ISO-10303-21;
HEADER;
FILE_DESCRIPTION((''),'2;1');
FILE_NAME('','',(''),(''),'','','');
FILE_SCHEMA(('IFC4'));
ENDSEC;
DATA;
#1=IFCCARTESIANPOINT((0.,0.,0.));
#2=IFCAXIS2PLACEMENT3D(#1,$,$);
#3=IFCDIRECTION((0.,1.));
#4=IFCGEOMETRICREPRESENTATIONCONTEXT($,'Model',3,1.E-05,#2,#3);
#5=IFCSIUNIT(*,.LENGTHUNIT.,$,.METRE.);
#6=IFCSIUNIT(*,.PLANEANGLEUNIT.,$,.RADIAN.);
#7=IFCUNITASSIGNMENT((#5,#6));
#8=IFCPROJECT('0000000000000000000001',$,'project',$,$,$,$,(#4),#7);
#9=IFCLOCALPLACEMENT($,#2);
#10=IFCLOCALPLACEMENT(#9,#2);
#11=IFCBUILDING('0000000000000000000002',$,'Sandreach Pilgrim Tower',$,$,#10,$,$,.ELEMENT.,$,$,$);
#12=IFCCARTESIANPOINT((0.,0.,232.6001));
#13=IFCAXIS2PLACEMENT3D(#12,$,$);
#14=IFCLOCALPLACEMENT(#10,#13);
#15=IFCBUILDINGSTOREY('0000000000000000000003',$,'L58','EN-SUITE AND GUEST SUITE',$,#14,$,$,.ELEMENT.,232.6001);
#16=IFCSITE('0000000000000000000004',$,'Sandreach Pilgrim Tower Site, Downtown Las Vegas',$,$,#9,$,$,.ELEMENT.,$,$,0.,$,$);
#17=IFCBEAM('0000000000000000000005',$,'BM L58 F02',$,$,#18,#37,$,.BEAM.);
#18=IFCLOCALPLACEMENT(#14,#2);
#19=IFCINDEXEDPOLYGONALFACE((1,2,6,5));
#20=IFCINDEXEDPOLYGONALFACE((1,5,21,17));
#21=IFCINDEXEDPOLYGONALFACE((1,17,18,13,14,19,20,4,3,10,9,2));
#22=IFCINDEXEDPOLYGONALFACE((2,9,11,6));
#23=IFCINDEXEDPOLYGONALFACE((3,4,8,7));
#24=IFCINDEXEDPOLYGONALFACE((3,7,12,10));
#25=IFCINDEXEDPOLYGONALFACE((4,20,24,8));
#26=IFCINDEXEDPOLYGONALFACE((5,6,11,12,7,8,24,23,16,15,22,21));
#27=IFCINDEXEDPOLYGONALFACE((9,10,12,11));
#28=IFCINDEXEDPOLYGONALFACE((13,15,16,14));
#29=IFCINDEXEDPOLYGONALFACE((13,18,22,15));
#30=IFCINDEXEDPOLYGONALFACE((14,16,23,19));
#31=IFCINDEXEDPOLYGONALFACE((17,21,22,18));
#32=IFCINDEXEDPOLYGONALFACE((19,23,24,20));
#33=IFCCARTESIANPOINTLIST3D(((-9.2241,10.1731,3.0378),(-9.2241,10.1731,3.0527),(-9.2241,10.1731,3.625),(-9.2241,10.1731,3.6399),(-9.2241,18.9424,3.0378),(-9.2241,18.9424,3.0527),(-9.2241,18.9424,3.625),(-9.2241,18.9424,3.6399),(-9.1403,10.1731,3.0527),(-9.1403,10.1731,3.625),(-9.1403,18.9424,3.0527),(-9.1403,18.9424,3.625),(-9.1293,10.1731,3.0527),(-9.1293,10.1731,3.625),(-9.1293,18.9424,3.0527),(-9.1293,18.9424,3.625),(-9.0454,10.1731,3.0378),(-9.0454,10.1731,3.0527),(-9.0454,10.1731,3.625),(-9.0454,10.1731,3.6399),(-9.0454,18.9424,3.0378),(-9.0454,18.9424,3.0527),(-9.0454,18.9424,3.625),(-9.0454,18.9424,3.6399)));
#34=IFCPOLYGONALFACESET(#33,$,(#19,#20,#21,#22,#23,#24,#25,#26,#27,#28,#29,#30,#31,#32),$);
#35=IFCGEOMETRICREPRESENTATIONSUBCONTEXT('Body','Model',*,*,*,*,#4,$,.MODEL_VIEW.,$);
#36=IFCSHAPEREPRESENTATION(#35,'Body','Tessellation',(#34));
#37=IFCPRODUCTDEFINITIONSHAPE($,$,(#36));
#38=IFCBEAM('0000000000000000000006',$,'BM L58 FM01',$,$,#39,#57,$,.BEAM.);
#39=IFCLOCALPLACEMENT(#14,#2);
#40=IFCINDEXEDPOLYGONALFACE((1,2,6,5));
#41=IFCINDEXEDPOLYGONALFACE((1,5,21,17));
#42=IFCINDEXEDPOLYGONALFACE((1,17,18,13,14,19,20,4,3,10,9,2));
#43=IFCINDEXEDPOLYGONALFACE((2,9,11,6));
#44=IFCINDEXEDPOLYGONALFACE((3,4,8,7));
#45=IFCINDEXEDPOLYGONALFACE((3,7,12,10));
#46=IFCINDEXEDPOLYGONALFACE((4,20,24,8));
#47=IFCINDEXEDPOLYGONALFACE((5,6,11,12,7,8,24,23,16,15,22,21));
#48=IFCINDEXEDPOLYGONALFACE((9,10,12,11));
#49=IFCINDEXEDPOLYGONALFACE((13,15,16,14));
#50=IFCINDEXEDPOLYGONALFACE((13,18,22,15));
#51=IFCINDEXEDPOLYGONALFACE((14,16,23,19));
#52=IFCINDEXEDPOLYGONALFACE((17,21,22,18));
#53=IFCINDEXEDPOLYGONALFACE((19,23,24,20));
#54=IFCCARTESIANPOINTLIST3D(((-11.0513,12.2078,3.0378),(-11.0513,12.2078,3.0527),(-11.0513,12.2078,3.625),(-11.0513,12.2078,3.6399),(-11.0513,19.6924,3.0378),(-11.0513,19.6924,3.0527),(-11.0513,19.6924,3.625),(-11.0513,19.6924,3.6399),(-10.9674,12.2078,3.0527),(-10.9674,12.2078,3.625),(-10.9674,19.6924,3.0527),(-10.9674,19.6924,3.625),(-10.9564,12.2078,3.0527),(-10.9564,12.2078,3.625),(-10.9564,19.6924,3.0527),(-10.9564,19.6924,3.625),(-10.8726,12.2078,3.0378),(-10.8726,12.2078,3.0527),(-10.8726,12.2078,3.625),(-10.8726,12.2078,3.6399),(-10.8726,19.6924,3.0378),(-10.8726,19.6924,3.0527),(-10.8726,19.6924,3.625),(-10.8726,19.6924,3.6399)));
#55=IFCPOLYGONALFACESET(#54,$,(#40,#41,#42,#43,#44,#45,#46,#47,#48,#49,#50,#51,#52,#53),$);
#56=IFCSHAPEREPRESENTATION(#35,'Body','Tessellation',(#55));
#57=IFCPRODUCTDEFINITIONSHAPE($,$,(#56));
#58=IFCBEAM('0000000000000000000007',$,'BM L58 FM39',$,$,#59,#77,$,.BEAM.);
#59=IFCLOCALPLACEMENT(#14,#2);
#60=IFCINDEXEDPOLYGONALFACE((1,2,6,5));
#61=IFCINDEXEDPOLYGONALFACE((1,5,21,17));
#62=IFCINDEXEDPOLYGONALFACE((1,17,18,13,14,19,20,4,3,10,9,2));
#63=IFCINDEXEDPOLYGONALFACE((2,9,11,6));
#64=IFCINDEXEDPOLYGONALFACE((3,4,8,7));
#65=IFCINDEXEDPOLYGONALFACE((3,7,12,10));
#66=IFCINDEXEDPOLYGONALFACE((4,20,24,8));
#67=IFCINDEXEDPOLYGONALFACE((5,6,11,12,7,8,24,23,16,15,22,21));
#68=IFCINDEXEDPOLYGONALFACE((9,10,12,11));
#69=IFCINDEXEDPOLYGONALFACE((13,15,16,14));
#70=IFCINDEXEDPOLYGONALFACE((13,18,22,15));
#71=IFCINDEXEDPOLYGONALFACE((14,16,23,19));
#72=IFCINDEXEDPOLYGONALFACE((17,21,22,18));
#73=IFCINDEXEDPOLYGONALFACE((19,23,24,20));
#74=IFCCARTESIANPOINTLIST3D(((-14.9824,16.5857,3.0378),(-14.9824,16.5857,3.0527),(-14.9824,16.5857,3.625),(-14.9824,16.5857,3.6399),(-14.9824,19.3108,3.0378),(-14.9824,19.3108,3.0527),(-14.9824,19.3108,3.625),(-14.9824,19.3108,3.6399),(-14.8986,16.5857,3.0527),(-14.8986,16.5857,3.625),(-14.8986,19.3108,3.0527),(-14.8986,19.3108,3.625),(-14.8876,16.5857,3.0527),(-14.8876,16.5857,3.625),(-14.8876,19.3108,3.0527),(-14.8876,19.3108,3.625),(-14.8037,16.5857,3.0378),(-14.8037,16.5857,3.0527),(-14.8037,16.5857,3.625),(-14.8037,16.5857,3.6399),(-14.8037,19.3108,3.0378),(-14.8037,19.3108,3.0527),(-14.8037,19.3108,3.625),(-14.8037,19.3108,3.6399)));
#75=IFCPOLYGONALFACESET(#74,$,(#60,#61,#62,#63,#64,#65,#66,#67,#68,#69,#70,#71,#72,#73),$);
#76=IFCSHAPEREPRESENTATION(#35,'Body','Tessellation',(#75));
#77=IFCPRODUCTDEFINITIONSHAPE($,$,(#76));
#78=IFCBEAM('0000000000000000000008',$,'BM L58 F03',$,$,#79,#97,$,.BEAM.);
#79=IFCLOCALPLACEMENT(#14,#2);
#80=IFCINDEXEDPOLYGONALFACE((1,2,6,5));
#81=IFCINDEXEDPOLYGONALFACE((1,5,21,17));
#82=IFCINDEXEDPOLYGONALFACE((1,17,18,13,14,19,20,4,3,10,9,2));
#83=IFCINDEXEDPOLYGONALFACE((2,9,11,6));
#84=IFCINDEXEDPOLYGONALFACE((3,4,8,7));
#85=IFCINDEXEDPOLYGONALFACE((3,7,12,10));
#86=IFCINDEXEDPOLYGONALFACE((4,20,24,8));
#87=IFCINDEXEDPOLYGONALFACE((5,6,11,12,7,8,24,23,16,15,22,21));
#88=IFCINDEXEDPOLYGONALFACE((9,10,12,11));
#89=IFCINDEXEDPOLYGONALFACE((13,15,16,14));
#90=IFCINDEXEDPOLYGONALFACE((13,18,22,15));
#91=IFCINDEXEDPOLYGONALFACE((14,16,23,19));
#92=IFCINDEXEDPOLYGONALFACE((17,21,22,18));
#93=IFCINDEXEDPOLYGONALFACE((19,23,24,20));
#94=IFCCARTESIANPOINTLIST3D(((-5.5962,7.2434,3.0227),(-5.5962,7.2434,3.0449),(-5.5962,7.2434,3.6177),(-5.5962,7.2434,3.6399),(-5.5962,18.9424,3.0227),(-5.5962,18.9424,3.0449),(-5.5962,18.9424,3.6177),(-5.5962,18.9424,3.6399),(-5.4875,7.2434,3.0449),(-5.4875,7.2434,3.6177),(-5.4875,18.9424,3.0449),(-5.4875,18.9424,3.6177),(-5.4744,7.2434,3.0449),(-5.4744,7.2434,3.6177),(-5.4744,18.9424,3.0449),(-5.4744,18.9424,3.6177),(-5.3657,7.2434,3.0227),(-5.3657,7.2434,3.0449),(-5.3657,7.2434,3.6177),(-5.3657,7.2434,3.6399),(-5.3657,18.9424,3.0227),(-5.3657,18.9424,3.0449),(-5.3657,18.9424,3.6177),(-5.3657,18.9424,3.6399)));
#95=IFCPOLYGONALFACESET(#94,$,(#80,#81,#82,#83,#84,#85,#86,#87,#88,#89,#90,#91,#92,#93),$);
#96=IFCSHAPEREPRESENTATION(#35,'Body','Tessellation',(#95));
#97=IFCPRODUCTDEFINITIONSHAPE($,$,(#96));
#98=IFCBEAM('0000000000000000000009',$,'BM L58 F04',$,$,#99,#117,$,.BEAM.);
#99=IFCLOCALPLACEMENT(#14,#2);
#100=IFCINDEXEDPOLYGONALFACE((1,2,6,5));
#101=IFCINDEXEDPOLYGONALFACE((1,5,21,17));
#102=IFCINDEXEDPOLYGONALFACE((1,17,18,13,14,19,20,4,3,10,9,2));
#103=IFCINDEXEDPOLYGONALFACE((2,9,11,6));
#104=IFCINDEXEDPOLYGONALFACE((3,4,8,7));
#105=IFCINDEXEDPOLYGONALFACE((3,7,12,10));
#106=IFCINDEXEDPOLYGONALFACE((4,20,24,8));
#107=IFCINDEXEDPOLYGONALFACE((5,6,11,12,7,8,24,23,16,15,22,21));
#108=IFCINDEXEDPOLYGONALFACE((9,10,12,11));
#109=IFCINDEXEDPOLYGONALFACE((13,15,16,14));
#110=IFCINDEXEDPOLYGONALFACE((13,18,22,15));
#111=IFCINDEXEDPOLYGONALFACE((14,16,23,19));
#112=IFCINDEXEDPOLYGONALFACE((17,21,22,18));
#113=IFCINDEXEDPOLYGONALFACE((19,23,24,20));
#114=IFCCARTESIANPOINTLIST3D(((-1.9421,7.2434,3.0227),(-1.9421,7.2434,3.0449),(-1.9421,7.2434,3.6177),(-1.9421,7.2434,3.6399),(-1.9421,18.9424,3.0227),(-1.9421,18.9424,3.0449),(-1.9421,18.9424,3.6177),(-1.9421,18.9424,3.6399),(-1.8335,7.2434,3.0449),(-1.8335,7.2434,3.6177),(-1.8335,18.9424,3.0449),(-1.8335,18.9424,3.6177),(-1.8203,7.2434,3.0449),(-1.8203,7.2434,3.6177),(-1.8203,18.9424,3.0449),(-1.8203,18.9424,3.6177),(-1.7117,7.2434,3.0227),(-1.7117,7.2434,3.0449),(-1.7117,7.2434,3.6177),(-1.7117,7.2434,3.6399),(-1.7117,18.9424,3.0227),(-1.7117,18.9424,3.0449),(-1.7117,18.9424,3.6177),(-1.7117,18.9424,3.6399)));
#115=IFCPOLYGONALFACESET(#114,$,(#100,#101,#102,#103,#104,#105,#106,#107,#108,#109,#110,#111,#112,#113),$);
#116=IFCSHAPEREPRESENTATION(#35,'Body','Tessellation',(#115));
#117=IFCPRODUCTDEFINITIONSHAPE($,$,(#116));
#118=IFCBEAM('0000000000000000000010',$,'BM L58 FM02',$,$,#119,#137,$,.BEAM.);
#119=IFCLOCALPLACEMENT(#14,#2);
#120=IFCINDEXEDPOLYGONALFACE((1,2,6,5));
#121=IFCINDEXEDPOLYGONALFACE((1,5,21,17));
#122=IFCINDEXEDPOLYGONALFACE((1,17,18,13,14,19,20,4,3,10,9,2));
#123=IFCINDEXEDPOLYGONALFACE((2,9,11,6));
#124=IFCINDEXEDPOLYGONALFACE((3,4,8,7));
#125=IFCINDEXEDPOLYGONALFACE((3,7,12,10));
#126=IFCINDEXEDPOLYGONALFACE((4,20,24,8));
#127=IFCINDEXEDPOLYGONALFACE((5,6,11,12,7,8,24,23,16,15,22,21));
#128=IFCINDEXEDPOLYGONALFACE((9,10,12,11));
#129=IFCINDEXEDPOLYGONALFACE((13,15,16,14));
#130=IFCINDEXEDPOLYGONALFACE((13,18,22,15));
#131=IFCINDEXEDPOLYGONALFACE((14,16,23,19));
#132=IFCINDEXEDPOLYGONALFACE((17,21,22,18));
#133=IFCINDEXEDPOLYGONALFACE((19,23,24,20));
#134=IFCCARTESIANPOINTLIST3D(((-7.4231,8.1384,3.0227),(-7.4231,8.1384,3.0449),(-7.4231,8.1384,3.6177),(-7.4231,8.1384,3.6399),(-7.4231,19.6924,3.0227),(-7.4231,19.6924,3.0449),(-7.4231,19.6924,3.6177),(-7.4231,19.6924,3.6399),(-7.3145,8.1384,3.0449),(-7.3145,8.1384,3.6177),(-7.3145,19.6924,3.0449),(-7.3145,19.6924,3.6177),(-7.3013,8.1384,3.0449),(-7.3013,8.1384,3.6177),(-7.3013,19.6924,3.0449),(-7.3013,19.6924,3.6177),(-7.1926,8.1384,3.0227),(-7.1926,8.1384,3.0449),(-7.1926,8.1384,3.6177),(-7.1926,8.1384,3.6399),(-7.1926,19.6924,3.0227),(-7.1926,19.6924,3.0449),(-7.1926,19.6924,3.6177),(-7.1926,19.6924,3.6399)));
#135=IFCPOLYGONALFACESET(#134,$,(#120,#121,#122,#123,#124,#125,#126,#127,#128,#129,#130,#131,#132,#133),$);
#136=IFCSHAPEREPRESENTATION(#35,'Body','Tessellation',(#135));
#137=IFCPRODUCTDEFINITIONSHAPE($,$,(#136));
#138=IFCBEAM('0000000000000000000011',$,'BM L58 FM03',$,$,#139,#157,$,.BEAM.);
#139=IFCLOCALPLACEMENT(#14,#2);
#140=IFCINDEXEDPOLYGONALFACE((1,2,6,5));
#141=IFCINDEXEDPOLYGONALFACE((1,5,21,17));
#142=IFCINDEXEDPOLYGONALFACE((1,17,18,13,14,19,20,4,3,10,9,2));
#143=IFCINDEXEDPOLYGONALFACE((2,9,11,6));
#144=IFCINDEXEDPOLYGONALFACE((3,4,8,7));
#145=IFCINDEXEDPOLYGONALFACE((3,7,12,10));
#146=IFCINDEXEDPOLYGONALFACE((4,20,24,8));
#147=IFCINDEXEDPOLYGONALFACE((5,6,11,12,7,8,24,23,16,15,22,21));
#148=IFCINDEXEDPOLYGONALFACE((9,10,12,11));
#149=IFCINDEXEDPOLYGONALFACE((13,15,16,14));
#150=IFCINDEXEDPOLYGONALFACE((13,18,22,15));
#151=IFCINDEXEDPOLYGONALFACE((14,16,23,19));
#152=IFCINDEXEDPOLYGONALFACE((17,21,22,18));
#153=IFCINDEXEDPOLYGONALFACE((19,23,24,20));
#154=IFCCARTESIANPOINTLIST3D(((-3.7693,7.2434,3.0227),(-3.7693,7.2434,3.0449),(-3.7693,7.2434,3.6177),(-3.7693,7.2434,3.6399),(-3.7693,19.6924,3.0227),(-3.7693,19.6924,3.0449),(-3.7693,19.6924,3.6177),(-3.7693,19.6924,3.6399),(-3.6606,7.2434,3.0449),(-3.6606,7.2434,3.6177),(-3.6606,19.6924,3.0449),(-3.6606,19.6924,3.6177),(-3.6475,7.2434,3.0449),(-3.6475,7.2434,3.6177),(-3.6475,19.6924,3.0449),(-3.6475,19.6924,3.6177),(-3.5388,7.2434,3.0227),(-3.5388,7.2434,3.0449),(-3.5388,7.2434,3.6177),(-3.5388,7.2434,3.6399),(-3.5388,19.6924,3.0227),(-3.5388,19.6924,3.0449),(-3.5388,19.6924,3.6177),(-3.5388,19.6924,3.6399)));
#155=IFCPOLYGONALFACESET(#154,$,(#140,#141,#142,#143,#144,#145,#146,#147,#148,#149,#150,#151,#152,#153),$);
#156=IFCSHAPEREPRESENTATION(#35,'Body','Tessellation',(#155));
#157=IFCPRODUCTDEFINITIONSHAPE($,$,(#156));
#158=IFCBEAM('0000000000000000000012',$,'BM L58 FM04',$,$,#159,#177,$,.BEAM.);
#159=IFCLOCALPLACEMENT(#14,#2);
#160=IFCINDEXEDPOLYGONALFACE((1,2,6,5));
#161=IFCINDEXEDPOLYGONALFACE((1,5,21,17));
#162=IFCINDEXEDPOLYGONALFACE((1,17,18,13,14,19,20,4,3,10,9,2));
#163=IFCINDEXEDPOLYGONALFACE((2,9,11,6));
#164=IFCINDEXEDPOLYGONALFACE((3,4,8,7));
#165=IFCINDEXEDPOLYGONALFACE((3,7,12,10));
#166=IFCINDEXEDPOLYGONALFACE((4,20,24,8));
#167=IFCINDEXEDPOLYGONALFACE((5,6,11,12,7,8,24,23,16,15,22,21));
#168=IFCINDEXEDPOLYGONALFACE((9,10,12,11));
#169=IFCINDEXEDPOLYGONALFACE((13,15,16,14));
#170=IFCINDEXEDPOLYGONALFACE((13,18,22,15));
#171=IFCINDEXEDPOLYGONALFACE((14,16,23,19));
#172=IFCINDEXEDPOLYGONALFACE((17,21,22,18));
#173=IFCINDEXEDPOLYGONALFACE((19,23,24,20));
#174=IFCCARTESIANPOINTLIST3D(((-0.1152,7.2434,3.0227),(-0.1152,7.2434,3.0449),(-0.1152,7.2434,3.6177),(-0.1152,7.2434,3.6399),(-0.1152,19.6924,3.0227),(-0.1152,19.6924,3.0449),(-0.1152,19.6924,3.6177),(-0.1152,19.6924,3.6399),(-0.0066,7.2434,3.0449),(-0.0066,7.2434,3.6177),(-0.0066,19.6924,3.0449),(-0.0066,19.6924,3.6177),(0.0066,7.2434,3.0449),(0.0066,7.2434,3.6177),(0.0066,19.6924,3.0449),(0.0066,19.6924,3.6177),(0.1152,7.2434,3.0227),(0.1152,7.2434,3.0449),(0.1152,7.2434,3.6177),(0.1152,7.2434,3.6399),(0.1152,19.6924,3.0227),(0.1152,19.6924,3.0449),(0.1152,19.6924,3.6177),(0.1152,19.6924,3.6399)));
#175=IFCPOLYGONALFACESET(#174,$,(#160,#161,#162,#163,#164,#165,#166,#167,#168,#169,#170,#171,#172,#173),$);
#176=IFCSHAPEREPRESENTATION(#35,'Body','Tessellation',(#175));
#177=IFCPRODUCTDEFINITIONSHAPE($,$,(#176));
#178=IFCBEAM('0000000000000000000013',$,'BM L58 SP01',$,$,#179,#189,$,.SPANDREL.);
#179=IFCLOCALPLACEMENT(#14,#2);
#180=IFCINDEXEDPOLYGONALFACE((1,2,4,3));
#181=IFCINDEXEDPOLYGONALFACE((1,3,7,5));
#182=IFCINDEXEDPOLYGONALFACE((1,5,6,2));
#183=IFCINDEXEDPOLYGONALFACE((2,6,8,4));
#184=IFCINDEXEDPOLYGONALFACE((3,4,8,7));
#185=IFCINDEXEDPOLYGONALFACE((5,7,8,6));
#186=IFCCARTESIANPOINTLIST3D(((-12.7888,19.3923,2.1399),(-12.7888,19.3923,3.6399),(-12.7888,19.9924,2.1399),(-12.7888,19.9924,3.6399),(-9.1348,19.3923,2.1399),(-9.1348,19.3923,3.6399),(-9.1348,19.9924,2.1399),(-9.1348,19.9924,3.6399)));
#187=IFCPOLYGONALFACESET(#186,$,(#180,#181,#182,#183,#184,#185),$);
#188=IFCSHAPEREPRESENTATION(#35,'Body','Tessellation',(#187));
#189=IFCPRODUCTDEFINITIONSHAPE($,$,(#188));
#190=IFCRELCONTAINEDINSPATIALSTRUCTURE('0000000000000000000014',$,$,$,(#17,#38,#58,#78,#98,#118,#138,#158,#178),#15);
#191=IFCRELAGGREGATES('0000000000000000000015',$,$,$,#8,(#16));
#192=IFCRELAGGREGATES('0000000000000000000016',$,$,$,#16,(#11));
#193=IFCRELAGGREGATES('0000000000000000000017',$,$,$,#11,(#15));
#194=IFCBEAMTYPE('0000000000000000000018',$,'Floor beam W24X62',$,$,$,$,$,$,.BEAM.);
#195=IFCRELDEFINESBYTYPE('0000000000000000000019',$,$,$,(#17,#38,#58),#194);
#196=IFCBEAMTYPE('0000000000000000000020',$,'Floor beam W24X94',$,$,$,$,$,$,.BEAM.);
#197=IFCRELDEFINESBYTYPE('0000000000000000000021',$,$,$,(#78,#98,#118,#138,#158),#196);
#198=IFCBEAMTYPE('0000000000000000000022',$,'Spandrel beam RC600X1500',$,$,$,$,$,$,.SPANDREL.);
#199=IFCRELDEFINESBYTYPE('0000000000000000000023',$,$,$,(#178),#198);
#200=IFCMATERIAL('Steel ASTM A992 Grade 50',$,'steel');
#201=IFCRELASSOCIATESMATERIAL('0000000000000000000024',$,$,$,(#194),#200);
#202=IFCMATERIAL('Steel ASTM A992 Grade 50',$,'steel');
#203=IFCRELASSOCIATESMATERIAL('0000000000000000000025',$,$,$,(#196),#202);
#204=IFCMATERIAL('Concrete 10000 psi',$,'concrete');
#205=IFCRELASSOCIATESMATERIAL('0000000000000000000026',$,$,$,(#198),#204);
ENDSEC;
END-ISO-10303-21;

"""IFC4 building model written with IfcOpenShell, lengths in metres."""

from ifc_helpers import new_model, si_unit, direction, frame, origin, origin_2d, place, context, subcontext, project, spatial, rectangle, i_section, extrude, material, material_profile, profile_set, type_object, element, save


model = new_model("IFC4")

# Units and contexts
model_context = context("Model", 3, precision=1e-05, world=origin(), true_north=direction((0.0, 1.0)))
body_context = subcontext(model_context, "Body", "Model", "MODEL_VIEW")
ifc_project = project(units=[si_unit("LENGTHUNIT", "METRE"), si_unit("PLANEANGLEUNIT", "RADIAN")], contexts=[model_context])

# Site, building, storey
site_placement = place(None, origin())
site = spatial("IfcSite", under=ifc_project, at=site_placement, Name="Sandreach Pilgrim Tower Site, Downtown Las Vegas", CompositionType="ELEMENT", RefElevation=0.0)
building_placement = place(site_placement, origin())
building = spatial("IfcBuilding", under=site, at=building_placement, Name="Sandreach Pilgrim Tower", CompositionType="ELEMENT")
storey_placement = place(building_placement, frame((0.0, 0.0, 232.6001)))
storey = spatial("IfcBuildingStorey", under=building, at=storey_placement, Name="L58", Description="EN-SUITE AND GUEST SUITE", CompositionType="ELEMENT", Elevation=232.6001)

# Beams
ifc_material_1 = material(Name="Steel ASTM A992 Grade 50", Category="steel")
ifc_material_profile_1 = material_profile(ifc_material_1, i_section(OverallWidth=0.1787, OverallDepth=0.6021, WebThickness=0.011, FlangeThickness=0.0149, at=origin_2d()), Name="W24X62")
ifc_profile_set_1 = profile_set([ifc_material_profile_1], Name="Steel ASTM A992 Grade 50")
beam_type_1 = type_object("IfcBeamType", Name="Floor beam W24X62", PredefinedType="BEAM", material=ifc_profile_set_1)
beam_1_placement = place(storey_placement, frame((-9.1348, 18.9424, 3.3389), z_axis=(0.0, -1.0, 0.0), x_axis=(1.0, 0.0, 0.0)))
element("IfcBeam", 1, at=beam_1_placement, inside=storey, type_object=beam_type_1, Name="BM L58 F02", PredefinedType="BEAM", context=body_context, shape_type="SweptSolid", body=[
    extrude(i_section(OverallWidth=0.1787, OverallDepth=0.6021, WebThickness=0.011, FlangeThickness=0.0149, at=origin_2d()), origin(), (0.0, 0.0, 1.0), 8.7693),
])
beam_2_placement = place(storey_placement, frame((-10.9619, 19.6924, 3.3389), z_axis=(0.0, -1.0, 0.0), x_axis=(1.0, 0.0, 0.0)))
element("IfcBeam", 2, at=beam_2_placement, inside=storey, type_object=beam_type_1, Name="BM L58 FM01", PredefinedType="BEAM", context=body_context, shape_type="SweptSolid", body=[
    extrude(i_section(OverallWidth=0.1787, OverallDepth=0.6021, WebThickness=0.011, FlangeThickness=0.0149, at=origin_2d()), origin(), (0.0, 0.0, 1.0), 7.4846),
])
beam_3_placement = place(storey_placement, frame((-14.8931, 19.3108, 3.3389), z_axis=(0.0, -1.0, 0.0), x_axis=(1.0, 0.0, 0.0)))
element("IfcBeam", 3, at=beam_3_placement, inside=storey, type_object=beam_type_1, Name="BM L58 FM39", PredefinedType="BEAM", context=body_context, shape_type="SweptSolid", body=[
    extrude(i_section(OverallWidth=0.1787, OverallDepth=0.6021, WebThickness=0.011, FlangeThickness=0.0149, at=origin_2d()), origin(), (0.0, 0.0, 1.0), 2.7251),
])
ifc_material_2 = material(Name="Steel ASTM A992 Grade 50", Category="steel")
ifc_material_profile_2 = material_profile(ifc_material_2, i_section(OverallWidth=0.2305, OverallDepth=0.6172, WebThickness=0.0132, FlangeThickness=0.0222, at=origin_2d()), Name="W24X94")
ifc_profile_set_2 = profile_set([ifc_material_profile_2], Name="Steel ASTM A992 Grade 50")
beam_type_2 = type_object("IfcBeamType", Name="Floor beam W24X94", PredefinedType="BEAM", material=ifc_profile_set_2)
for number, where, z_axis, x_axis, name in (
    (4, (-5.481, 18.9424, 3.3313), (0.0, -1.0, 0.0), (1.0, 0.0, 0.0), "BM L58 F03"),
    (5, (-1.8269, 18.9424, 3.3313), (0.0, -1.0, 0.0), (1.0, 0.0, 0.0), "BM L58 F04"),
):
    element("IfcBeam", number, at=place(storey_placement, frame(where, z_axis=z_axis, x_axis=x_axis)), inside=storey, type_object=beam_type_2, Name=name, PredefinedType="BEAM", context=body_context, shape_type="SweptSolid", body=[
        extrude(i_section(OverallWidth=0.2305, OverallDepth=0.6172, WebThickness=0.0132, FlangeThickness=0.0222, at=origin_2d()), origin(), (0.0, 0.0, 1.0), 11.699),
    ])
beam_4_placement = place(storey_placement, frame((-7.3079, 19.6924, 3.3313), z_axis=(0.0, -1.0, 0.0), x_axis=(1.0, 0.0, 0.0)))
element("IfcBeam", 6, at=beam_4_placement, inside=storey, type_object=beam_type_2, Name="BM L58 FM02", PredefinedType="BEAM", context=body_context, shape_type="SweptSolid", body=[
    extrude(i_section(OverallWidth=0.2305, OverallDepth=0.6172, WebThickness=0.0132, FlangeThickness=0.0222, at=origin_2d()), origin(), (0.0, 0.0, 1.0), 11.554),
])
for number, where, z_axis, x_axis, name in (
    (7, (-3.6541, 19.6924, 3.3313), (0.0, -1.0, 0.0), (1.0, 0.0, 0.0), "BM L58 FM03"),
    (8, (0.0, 19.6924, 3.3313), (0.0, -1.0, 0.0), (1.0, 0.0, 0.0), "BM L58 FM04"),
):
    element("IfcBeam", number, at=place(storey_placement, frame(where, z_axis=z_axis, x_axis=x_axis)), inside=storey, type_object=beam_type_2, Name=name, PredefinedType="BEAM", context=body_context, shape_type="SweptSolid", body=[
        extrude(i_section(OverallWidth=0.2305, OverallDepth=0.6172, WebThickness=0.0132, FlangeThickness=0.0222, at=origin_2d()), origin(), (0.0, 0.0, 1.0), 12.449),
    ])
ifc_material_3 = material(Name="Concrete 10000 psi", Category="concrete")
ifc_material_profile_3 = material_profile(ifc_material_3, rectangle(XDim=0.6001, YDim=1.5, at=origin_2d()), Name="RC600X1500")
ifc_profile_set_3 = profile_set([ifc_material_profile_3], Name="Concrete 10000 psi")
beam_type_3 = type_object("IfcBeamType", Name="Spandrel beam RC600X1500", PredefinedType="SPANDREL", material=ifc_profile_set_3)
beam_5_placement = place(storey_placement, frame((-12.7888, 19.6924, 2.8899), z_axis=(1.0, 0.0, 0.0), x_axis=(0.0, 1.0, 0.0)))
element("IfcBeam", 9, at=beam_5_placement, inside=storey, type_object=beam_type_3, Name="BM L58 SP01", PredefinedType="SPANDREL", context=body_context, shape_type="SweptSolid", body=[
    extrude(rectangle(XDim=0.6001, YDim=1.5, at=origin_2d()), origin(), (0.0, 0.0, 1.0), 3.6541),
])

save(model, "model.ifc")
